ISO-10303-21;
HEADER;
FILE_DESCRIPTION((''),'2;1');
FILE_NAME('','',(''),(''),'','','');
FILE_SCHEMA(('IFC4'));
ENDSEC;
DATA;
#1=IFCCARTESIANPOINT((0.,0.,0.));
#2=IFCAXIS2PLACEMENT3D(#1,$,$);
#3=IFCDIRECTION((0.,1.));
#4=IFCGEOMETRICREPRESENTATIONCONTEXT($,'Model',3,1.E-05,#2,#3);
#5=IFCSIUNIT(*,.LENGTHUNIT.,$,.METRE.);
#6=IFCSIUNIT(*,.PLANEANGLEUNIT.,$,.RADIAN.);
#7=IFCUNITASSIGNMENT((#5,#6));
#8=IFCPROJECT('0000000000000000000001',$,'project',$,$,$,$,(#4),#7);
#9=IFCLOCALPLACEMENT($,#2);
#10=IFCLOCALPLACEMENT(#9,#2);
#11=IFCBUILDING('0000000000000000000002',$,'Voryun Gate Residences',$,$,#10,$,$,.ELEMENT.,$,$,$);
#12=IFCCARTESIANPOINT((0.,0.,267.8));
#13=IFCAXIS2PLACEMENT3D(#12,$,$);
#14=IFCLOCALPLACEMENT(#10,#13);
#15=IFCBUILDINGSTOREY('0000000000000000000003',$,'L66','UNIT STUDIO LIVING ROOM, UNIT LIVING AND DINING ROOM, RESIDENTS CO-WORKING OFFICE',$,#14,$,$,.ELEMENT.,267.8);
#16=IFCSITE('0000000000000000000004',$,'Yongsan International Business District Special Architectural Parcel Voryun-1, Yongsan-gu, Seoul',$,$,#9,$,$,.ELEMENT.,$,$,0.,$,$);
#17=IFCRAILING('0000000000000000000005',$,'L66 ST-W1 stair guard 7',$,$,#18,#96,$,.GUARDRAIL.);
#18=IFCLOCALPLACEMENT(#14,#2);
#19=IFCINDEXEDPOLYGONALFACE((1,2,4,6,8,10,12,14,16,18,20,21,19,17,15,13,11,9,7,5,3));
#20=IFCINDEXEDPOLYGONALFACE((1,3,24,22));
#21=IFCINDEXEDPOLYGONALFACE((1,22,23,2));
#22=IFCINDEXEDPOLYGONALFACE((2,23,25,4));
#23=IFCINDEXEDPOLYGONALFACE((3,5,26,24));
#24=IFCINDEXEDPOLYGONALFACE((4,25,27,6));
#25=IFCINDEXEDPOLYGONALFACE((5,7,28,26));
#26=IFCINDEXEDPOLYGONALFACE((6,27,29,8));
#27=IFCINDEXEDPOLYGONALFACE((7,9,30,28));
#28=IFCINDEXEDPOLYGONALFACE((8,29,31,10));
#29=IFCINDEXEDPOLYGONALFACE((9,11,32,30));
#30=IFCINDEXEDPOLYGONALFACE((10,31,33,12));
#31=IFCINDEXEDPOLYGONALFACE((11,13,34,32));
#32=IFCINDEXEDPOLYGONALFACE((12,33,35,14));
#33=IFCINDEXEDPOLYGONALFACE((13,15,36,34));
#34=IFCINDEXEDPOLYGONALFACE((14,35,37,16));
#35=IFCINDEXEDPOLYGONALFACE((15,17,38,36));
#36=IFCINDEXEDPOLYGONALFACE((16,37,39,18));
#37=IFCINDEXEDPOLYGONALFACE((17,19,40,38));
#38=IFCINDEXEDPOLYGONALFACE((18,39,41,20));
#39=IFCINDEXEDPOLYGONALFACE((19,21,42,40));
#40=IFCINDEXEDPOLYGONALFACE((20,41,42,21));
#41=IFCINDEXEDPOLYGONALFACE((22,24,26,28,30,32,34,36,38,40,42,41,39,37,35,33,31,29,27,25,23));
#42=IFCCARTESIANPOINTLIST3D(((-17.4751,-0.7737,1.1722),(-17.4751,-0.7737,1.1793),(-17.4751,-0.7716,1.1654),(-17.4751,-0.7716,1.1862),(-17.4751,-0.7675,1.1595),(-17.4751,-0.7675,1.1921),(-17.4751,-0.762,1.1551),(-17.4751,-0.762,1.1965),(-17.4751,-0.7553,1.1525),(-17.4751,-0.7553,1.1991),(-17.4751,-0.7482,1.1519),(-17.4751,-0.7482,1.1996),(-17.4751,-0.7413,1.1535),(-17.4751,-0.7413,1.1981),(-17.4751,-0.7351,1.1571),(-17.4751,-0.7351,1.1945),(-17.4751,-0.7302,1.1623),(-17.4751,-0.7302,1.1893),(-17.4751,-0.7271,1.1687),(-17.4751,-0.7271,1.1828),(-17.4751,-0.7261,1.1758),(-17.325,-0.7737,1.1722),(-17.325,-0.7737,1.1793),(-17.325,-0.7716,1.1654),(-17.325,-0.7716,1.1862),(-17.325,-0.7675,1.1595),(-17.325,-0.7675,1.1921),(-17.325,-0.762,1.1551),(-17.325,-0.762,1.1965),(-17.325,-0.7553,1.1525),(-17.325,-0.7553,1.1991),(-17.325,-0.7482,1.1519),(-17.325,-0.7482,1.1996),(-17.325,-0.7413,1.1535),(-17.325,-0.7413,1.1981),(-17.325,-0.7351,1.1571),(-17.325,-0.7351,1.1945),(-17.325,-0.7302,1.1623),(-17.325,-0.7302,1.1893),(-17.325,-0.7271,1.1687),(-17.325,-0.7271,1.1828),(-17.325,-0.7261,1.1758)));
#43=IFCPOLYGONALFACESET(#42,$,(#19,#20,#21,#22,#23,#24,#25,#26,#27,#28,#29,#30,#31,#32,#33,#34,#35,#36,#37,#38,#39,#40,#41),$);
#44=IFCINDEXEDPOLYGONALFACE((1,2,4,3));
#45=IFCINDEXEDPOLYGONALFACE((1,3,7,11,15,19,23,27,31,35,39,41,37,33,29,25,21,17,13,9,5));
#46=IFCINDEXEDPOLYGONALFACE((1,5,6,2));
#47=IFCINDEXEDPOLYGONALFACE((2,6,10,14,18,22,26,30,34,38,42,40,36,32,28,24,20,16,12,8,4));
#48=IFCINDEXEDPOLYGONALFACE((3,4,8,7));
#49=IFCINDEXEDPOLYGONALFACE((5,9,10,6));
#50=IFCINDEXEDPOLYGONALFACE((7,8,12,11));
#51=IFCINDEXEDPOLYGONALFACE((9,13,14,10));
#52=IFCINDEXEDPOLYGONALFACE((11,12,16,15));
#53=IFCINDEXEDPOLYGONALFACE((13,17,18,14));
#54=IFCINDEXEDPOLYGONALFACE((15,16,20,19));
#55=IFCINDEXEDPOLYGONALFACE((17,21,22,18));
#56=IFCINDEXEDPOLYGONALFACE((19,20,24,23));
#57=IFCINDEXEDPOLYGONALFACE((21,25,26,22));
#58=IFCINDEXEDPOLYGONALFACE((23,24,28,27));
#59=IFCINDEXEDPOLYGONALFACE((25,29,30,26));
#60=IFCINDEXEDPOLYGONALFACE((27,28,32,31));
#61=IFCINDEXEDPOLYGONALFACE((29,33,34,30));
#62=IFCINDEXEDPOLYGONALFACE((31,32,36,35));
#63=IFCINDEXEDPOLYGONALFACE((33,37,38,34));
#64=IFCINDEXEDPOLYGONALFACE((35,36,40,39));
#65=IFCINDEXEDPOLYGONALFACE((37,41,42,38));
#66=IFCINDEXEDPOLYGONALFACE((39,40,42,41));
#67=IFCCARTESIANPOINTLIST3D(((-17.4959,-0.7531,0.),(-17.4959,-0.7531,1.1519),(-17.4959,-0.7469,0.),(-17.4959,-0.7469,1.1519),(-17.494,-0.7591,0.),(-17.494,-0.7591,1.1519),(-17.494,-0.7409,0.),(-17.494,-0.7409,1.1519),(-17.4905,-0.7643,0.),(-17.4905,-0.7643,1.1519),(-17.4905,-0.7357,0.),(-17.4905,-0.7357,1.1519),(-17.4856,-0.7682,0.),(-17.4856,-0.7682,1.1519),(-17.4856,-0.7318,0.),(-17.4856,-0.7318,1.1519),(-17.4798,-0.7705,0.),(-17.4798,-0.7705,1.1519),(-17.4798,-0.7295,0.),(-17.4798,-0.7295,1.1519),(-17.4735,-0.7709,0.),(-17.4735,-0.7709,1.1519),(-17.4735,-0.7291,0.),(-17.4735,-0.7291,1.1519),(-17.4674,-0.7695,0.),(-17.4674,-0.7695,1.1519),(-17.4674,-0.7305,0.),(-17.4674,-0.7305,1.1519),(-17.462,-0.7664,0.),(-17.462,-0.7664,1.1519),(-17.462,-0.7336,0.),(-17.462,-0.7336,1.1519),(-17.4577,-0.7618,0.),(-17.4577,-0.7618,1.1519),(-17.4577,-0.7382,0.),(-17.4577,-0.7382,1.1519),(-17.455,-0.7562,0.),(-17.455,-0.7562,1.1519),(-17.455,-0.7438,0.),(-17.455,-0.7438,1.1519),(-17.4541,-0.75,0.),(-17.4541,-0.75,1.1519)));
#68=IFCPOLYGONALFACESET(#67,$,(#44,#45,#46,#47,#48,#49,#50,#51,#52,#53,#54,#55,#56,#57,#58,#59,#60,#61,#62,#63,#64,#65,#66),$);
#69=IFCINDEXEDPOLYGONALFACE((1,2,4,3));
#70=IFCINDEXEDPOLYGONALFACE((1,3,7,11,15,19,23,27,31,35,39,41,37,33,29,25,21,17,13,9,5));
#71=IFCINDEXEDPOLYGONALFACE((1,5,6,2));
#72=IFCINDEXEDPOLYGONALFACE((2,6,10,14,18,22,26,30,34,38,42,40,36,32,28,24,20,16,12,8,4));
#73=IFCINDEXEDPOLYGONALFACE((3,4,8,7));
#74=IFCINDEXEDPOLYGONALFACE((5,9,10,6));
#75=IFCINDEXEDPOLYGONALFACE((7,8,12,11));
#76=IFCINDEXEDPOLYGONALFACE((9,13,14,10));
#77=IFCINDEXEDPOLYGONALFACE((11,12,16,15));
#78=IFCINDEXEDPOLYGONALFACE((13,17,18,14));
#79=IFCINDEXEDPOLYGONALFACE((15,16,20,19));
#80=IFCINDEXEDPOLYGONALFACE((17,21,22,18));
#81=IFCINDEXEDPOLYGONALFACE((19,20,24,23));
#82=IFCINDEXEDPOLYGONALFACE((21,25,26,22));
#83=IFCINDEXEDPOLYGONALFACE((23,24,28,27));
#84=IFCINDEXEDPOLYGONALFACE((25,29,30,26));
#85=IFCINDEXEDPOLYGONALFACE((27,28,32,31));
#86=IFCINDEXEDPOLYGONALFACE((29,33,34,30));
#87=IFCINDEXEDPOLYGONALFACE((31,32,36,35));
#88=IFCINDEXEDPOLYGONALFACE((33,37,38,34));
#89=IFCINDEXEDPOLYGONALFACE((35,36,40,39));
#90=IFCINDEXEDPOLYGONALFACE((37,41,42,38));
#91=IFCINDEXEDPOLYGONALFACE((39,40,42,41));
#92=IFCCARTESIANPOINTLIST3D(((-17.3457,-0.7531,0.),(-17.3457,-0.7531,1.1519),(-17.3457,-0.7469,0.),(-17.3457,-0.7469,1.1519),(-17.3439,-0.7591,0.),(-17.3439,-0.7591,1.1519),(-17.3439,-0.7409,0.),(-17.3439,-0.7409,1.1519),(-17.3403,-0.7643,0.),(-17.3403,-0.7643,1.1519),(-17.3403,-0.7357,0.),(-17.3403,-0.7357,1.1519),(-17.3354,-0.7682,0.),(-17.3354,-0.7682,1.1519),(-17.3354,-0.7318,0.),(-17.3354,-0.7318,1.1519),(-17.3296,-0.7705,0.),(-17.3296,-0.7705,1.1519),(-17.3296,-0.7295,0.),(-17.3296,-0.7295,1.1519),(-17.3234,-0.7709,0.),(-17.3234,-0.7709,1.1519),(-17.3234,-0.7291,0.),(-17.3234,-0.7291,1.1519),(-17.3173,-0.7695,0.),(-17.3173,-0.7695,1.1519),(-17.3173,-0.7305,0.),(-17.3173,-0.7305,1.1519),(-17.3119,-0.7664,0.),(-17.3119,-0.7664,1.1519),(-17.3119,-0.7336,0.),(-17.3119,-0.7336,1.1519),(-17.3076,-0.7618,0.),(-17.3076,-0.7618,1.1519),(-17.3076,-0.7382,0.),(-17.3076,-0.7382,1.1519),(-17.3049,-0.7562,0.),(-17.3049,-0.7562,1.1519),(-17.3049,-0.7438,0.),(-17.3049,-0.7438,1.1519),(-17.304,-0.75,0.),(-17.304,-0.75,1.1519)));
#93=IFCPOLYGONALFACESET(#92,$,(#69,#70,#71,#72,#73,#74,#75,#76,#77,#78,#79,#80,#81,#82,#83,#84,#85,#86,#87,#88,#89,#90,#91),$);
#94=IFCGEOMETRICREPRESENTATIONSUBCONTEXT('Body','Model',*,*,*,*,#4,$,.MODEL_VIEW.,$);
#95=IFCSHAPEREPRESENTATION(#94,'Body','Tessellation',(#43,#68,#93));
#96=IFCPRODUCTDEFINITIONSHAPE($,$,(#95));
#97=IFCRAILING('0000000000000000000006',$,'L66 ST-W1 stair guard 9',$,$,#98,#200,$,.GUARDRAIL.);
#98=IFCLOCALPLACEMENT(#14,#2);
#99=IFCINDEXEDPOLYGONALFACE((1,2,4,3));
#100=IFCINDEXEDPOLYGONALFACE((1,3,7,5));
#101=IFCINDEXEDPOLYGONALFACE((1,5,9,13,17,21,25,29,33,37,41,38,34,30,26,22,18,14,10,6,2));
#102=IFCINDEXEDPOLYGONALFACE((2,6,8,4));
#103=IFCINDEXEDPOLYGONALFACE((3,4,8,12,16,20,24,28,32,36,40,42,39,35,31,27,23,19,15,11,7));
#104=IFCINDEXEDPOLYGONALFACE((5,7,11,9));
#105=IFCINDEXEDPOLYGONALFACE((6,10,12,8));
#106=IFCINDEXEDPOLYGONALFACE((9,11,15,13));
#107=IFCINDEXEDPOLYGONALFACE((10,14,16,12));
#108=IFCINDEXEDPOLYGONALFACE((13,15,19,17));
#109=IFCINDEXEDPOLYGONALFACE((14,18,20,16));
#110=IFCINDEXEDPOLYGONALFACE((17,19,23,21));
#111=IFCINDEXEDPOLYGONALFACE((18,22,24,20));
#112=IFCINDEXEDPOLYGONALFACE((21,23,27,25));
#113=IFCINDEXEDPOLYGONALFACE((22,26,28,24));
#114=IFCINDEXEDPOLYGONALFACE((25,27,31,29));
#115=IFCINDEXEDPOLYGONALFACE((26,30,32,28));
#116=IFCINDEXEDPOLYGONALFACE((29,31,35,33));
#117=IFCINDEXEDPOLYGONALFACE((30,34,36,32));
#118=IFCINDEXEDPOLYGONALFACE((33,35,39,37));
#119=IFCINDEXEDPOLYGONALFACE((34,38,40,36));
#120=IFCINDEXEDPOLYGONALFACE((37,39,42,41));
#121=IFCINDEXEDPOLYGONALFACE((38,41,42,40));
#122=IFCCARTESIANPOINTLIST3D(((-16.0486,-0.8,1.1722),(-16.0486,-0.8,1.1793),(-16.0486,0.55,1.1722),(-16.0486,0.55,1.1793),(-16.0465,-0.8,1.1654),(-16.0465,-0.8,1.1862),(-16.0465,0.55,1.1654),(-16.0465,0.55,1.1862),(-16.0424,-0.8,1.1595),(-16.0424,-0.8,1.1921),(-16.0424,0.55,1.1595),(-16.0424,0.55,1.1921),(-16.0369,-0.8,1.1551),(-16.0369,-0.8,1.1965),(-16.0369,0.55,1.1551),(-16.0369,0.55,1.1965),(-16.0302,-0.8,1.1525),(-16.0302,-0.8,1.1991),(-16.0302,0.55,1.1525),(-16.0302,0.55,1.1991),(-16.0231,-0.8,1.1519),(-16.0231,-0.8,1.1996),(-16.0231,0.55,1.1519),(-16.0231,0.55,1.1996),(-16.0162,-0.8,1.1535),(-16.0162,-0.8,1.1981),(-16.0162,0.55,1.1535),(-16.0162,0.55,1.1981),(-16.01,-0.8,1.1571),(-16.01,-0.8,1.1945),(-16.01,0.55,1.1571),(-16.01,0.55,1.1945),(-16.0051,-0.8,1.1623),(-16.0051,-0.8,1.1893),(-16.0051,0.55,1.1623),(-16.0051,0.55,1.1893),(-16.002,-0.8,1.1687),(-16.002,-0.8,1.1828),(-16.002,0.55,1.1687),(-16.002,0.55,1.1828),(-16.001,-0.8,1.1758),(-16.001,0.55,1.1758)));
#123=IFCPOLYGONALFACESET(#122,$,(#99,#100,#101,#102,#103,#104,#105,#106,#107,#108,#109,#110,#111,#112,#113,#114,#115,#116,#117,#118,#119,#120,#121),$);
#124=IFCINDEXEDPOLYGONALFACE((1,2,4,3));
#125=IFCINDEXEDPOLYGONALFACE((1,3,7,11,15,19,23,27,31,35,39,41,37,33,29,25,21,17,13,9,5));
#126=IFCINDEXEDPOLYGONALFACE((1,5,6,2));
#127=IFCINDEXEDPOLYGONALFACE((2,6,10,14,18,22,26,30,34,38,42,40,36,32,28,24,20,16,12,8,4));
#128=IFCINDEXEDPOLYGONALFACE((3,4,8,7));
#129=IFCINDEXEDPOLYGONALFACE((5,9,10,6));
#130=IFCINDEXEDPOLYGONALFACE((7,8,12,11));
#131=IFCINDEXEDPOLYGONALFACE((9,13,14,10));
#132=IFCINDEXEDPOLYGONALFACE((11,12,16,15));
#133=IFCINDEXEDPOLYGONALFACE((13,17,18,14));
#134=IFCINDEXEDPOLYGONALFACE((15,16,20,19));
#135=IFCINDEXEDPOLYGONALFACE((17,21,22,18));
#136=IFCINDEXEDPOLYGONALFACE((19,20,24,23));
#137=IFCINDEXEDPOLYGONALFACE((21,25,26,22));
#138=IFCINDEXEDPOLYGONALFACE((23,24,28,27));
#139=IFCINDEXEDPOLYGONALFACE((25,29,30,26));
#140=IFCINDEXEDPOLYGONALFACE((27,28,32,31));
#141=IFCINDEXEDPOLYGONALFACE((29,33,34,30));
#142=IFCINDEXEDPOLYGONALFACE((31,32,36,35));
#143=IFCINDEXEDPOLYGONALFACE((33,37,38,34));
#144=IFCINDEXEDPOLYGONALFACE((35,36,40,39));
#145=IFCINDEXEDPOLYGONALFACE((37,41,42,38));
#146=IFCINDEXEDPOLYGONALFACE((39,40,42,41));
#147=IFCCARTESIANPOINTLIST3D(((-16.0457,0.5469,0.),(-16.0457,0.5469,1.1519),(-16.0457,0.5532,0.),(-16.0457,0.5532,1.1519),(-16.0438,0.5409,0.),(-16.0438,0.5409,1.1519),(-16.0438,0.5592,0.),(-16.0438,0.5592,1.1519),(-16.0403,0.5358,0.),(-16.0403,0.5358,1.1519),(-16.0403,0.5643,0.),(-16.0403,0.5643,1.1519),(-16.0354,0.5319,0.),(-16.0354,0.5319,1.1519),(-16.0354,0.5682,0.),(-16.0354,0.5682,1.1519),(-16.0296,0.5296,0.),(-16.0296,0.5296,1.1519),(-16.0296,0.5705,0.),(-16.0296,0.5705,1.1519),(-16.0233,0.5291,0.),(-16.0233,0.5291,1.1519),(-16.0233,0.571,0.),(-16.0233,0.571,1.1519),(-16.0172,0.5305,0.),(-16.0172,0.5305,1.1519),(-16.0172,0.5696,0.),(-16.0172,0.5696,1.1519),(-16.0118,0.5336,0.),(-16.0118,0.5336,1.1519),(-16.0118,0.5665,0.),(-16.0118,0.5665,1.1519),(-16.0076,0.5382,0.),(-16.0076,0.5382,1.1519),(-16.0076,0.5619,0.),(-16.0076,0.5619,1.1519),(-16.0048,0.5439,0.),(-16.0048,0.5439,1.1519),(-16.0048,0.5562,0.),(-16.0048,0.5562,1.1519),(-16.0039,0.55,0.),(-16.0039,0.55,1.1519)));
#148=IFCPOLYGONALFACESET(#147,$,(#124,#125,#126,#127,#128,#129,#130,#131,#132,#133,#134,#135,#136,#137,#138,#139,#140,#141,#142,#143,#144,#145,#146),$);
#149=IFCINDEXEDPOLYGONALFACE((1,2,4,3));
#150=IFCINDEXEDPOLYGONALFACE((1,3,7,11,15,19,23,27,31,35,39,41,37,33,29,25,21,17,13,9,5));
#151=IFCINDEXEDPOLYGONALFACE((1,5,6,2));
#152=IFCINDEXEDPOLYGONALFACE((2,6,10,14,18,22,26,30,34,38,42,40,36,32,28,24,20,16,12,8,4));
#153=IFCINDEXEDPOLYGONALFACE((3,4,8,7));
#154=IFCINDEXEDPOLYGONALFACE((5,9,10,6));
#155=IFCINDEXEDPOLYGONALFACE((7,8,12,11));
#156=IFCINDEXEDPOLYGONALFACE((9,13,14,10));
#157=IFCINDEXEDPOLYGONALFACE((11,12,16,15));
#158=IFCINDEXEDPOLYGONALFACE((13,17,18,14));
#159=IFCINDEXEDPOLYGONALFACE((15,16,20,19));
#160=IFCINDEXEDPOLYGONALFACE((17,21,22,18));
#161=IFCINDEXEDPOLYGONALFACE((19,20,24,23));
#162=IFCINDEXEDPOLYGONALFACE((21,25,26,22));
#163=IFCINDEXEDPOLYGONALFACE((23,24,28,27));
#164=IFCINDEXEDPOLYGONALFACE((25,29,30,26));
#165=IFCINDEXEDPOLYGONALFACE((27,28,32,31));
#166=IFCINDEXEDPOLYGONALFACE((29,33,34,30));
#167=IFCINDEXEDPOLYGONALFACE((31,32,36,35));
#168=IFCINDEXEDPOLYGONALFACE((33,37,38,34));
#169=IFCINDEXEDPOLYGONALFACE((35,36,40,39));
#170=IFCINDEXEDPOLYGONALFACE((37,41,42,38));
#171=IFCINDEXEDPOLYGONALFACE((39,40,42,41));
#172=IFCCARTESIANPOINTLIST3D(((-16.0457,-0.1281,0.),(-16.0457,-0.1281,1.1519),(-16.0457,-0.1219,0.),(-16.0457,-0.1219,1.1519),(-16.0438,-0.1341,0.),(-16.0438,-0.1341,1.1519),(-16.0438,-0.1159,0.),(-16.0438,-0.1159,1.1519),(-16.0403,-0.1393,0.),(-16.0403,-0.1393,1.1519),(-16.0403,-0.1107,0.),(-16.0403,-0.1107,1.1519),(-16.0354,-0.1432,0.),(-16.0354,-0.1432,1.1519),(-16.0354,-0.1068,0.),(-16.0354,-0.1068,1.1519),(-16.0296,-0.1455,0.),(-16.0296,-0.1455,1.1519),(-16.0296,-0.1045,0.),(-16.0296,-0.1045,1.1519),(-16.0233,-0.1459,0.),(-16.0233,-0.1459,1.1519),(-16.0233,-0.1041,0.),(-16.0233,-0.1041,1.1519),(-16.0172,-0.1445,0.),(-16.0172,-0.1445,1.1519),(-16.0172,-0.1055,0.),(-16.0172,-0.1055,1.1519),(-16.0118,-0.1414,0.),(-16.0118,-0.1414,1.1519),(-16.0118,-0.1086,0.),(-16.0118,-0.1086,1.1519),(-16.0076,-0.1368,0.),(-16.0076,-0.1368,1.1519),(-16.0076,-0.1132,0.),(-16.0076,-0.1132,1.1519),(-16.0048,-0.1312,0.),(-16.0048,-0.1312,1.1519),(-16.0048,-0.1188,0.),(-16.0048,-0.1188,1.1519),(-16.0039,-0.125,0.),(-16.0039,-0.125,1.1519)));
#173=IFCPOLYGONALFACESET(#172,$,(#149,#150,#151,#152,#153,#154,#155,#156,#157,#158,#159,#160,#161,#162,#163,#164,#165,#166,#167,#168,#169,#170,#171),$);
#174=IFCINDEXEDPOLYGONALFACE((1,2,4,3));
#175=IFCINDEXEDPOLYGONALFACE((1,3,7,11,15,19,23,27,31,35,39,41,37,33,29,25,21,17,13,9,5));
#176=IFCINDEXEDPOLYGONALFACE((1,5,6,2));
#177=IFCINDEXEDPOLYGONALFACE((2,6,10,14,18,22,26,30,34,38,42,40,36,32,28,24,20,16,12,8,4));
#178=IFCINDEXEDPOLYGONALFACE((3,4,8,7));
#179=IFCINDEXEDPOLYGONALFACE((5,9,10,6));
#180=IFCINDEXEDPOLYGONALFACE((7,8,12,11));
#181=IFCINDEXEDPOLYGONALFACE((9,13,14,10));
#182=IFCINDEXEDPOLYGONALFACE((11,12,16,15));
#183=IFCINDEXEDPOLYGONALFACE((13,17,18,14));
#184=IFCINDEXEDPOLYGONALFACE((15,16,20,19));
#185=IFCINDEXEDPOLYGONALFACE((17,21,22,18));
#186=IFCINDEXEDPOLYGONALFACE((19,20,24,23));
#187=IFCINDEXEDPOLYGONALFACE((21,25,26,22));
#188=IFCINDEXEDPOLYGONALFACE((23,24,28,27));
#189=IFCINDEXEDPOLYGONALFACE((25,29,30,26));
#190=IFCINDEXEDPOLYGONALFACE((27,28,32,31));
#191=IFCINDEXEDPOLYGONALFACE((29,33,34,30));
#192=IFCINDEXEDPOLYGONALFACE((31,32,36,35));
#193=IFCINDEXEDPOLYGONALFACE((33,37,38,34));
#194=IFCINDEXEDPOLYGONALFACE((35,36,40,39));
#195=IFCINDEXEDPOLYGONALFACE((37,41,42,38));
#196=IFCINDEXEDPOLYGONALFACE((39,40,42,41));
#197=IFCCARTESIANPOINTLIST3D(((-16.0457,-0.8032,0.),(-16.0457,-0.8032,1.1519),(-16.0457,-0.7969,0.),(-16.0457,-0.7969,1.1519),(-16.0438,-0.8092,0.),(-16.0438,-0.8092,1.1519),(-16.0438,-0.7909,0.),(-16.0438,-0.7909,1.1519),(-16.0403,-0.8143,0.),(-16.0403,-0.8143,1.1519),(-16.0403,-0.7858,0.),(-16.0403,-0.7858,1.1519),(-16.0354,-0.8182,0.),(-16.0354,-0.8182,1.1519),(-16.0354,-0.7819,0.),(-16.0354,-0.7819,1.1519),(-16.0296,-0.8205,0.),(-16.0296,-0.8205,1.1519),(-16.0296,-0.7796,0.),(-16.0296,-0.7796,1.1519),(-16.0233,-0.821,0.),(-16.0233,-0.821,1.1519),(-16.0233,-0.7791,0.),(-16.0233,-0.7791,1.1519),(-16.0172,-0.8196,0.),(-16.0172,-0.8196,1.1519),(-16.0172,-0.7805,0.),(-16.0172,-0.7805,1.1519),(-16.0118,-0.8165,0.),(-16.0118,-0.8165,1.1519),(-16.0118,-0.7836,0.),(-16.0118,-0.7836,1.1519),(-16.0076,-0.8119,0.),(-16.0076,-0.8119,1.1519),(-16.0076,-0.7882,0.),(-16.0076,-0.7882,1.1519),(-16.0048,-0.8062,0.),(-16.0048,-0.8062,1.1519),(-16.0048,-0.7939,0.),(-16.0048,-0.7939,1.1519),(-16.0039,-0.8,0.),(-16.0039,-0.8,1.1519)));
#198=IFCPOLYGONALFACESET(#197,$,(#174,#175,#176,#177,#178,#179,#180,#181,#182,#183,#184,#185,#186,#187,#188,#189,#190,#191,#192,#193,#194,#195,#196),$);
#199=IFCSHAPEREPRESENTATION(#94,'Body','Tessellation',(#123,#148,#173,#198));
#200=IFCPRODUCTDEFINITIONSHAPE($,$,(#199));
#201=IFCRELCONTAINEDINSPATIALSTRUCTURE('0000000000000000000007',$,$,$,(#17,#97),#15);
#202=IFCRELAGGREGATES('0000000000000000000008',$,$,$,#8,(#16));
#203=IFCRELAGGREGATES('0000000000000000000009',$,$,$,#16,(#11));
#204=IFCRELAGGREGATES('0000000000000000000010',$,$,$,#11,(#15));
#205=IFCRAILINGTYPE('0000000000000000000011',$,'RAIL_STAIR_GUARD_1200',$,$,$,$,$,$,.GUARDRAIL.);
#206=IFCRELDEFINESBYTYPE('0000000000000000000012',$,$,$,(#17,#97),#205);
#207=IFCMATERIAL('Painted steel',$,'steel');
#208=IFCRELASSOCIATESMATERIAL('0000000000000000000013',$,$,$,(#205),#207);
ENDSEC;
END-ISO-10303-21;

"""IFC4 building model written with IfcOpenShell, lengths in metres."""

from ifc_helpers import new_model, si_unit, direction, frame, origin, origin_2d, place, context, subcontext, project, spatial, circle, extrude, material, type_object, element, save


model = new_model("IFC4")

# Units and contexts
model_context = context("Model", 3, precision=1e-05, world=origin(), true_north=direction((0.0, 1.0)))
body_context = subcontext(model_context, "Body", "Model", "MODEL_VIEW")
ifc_project = project(units=[si_unit("LENGTHUNIT", "METRE"), si_unit("PLANEANGLEUNIT", "RADIAN")], contexts=[model_context])

# Site, building, storey
site_placement = place(None, origin())
site = spatial("IfcSite", under=ifc_project, at=site_placement, Name="Yongsan International Business District Special Architectural Parcel Voryun-1, Yongsan-gu, Seoul", CompositionType="ELEMENT", RefElevation=0.0)
building_placement = place(site_placement, origin())
building = spatial("IfcBuilding", under=site, at=building_placement, Name="Voryun Gate Residences", CompositionType="ELEMENT")
storey_placement = place(building_placement, frame((0.0, 0.0, 267.8)))
storey = spatial("IfcBuildingStorey", under=building, at=storey_placement, Name="L66", Description="UNIT STUDIO LIVING ROOM, UNIT LIVING AND DINING ROOM, RESIDENTS CO-WORKING OFFICE", CompositionType="ELEMENT", Elevation=267.8)

# Railings
ifc_material_1 = material(Name="Painted steel", Category="steel")
railing_type_1 = type_object("IfcRailingType", Name="RAIL_STAIR_GUARD_1200", PredefinedType="GUARDRAIL", material=ifc_material_1)
railing_1_placement = place(storey_placement, frame((-17.4751, -0.75, 0.0)))
element("IfcRailing", 1, at=railing_1_placement, inside=storey, type_object=railing_type_1, Name="L66 ST-W1 stair guard 7", PredefinedType="GUARDRAIL", context=body_context, shape_type="SweptSolid", body=[
    extrude(circle(Radius=0.0239, at=origin_2d()), frame((0.0, 0.0, 1.1758), z_axis=(1.0, 0.0, 0.0), x_axis=(0.0, 1.0, 0.0)), (0.0, 0.0, 1.0), 0.1501),
    extrude(circle(Radius=0.021, at=origin_2d()), origin(), (0.0, 0.0, 1.0), 1.1519),
    extrude(circle(Radius=0.021, at=origin_2d()), frame((0.1501, 0.0, 0.0)), (0.0, 0.0, 1.0), 1.1519),
])
railing_2_placement = place(storey_placement, frame((-16.0249, 0.55, 0.0)))
element("IfcRailing", 2, at=railing_2_placement, inside=storey, type_object=railing_type_1, Name="L66 ST-W1 stair guard 9", PredefinedType="GUARDRAIL", context=body_context, shape_type="SweptSolid", body=[
    extrude(circle(Radius=0.0239, at=origin_2d()), frame((0.0, 0.0, 1.1758), z_axis=(0.0, -1.0, 0.0), x_axis=(1.0, 0.0, 0.0)), (0.0, 0.0, 1.0), 1.3501),
    extrude(circle(Radius=0.021, at=origin_2d()), origin(), (0.0, 0.0, 1.0), 1.1519),
    extrude(circle(Radius=0.021, at=origin_2d()), frame((0.0, -0.675, 0.0)), (0.0, 0.0, 1.0), 1.1519),
    extrude(circle(Radius=0.021, at=origin_2d()), frame((0.0, -1.3501, 0.0)), (0.0, 0.0, 1.0), 1.1519),
])

save(model, "model.ifc")
